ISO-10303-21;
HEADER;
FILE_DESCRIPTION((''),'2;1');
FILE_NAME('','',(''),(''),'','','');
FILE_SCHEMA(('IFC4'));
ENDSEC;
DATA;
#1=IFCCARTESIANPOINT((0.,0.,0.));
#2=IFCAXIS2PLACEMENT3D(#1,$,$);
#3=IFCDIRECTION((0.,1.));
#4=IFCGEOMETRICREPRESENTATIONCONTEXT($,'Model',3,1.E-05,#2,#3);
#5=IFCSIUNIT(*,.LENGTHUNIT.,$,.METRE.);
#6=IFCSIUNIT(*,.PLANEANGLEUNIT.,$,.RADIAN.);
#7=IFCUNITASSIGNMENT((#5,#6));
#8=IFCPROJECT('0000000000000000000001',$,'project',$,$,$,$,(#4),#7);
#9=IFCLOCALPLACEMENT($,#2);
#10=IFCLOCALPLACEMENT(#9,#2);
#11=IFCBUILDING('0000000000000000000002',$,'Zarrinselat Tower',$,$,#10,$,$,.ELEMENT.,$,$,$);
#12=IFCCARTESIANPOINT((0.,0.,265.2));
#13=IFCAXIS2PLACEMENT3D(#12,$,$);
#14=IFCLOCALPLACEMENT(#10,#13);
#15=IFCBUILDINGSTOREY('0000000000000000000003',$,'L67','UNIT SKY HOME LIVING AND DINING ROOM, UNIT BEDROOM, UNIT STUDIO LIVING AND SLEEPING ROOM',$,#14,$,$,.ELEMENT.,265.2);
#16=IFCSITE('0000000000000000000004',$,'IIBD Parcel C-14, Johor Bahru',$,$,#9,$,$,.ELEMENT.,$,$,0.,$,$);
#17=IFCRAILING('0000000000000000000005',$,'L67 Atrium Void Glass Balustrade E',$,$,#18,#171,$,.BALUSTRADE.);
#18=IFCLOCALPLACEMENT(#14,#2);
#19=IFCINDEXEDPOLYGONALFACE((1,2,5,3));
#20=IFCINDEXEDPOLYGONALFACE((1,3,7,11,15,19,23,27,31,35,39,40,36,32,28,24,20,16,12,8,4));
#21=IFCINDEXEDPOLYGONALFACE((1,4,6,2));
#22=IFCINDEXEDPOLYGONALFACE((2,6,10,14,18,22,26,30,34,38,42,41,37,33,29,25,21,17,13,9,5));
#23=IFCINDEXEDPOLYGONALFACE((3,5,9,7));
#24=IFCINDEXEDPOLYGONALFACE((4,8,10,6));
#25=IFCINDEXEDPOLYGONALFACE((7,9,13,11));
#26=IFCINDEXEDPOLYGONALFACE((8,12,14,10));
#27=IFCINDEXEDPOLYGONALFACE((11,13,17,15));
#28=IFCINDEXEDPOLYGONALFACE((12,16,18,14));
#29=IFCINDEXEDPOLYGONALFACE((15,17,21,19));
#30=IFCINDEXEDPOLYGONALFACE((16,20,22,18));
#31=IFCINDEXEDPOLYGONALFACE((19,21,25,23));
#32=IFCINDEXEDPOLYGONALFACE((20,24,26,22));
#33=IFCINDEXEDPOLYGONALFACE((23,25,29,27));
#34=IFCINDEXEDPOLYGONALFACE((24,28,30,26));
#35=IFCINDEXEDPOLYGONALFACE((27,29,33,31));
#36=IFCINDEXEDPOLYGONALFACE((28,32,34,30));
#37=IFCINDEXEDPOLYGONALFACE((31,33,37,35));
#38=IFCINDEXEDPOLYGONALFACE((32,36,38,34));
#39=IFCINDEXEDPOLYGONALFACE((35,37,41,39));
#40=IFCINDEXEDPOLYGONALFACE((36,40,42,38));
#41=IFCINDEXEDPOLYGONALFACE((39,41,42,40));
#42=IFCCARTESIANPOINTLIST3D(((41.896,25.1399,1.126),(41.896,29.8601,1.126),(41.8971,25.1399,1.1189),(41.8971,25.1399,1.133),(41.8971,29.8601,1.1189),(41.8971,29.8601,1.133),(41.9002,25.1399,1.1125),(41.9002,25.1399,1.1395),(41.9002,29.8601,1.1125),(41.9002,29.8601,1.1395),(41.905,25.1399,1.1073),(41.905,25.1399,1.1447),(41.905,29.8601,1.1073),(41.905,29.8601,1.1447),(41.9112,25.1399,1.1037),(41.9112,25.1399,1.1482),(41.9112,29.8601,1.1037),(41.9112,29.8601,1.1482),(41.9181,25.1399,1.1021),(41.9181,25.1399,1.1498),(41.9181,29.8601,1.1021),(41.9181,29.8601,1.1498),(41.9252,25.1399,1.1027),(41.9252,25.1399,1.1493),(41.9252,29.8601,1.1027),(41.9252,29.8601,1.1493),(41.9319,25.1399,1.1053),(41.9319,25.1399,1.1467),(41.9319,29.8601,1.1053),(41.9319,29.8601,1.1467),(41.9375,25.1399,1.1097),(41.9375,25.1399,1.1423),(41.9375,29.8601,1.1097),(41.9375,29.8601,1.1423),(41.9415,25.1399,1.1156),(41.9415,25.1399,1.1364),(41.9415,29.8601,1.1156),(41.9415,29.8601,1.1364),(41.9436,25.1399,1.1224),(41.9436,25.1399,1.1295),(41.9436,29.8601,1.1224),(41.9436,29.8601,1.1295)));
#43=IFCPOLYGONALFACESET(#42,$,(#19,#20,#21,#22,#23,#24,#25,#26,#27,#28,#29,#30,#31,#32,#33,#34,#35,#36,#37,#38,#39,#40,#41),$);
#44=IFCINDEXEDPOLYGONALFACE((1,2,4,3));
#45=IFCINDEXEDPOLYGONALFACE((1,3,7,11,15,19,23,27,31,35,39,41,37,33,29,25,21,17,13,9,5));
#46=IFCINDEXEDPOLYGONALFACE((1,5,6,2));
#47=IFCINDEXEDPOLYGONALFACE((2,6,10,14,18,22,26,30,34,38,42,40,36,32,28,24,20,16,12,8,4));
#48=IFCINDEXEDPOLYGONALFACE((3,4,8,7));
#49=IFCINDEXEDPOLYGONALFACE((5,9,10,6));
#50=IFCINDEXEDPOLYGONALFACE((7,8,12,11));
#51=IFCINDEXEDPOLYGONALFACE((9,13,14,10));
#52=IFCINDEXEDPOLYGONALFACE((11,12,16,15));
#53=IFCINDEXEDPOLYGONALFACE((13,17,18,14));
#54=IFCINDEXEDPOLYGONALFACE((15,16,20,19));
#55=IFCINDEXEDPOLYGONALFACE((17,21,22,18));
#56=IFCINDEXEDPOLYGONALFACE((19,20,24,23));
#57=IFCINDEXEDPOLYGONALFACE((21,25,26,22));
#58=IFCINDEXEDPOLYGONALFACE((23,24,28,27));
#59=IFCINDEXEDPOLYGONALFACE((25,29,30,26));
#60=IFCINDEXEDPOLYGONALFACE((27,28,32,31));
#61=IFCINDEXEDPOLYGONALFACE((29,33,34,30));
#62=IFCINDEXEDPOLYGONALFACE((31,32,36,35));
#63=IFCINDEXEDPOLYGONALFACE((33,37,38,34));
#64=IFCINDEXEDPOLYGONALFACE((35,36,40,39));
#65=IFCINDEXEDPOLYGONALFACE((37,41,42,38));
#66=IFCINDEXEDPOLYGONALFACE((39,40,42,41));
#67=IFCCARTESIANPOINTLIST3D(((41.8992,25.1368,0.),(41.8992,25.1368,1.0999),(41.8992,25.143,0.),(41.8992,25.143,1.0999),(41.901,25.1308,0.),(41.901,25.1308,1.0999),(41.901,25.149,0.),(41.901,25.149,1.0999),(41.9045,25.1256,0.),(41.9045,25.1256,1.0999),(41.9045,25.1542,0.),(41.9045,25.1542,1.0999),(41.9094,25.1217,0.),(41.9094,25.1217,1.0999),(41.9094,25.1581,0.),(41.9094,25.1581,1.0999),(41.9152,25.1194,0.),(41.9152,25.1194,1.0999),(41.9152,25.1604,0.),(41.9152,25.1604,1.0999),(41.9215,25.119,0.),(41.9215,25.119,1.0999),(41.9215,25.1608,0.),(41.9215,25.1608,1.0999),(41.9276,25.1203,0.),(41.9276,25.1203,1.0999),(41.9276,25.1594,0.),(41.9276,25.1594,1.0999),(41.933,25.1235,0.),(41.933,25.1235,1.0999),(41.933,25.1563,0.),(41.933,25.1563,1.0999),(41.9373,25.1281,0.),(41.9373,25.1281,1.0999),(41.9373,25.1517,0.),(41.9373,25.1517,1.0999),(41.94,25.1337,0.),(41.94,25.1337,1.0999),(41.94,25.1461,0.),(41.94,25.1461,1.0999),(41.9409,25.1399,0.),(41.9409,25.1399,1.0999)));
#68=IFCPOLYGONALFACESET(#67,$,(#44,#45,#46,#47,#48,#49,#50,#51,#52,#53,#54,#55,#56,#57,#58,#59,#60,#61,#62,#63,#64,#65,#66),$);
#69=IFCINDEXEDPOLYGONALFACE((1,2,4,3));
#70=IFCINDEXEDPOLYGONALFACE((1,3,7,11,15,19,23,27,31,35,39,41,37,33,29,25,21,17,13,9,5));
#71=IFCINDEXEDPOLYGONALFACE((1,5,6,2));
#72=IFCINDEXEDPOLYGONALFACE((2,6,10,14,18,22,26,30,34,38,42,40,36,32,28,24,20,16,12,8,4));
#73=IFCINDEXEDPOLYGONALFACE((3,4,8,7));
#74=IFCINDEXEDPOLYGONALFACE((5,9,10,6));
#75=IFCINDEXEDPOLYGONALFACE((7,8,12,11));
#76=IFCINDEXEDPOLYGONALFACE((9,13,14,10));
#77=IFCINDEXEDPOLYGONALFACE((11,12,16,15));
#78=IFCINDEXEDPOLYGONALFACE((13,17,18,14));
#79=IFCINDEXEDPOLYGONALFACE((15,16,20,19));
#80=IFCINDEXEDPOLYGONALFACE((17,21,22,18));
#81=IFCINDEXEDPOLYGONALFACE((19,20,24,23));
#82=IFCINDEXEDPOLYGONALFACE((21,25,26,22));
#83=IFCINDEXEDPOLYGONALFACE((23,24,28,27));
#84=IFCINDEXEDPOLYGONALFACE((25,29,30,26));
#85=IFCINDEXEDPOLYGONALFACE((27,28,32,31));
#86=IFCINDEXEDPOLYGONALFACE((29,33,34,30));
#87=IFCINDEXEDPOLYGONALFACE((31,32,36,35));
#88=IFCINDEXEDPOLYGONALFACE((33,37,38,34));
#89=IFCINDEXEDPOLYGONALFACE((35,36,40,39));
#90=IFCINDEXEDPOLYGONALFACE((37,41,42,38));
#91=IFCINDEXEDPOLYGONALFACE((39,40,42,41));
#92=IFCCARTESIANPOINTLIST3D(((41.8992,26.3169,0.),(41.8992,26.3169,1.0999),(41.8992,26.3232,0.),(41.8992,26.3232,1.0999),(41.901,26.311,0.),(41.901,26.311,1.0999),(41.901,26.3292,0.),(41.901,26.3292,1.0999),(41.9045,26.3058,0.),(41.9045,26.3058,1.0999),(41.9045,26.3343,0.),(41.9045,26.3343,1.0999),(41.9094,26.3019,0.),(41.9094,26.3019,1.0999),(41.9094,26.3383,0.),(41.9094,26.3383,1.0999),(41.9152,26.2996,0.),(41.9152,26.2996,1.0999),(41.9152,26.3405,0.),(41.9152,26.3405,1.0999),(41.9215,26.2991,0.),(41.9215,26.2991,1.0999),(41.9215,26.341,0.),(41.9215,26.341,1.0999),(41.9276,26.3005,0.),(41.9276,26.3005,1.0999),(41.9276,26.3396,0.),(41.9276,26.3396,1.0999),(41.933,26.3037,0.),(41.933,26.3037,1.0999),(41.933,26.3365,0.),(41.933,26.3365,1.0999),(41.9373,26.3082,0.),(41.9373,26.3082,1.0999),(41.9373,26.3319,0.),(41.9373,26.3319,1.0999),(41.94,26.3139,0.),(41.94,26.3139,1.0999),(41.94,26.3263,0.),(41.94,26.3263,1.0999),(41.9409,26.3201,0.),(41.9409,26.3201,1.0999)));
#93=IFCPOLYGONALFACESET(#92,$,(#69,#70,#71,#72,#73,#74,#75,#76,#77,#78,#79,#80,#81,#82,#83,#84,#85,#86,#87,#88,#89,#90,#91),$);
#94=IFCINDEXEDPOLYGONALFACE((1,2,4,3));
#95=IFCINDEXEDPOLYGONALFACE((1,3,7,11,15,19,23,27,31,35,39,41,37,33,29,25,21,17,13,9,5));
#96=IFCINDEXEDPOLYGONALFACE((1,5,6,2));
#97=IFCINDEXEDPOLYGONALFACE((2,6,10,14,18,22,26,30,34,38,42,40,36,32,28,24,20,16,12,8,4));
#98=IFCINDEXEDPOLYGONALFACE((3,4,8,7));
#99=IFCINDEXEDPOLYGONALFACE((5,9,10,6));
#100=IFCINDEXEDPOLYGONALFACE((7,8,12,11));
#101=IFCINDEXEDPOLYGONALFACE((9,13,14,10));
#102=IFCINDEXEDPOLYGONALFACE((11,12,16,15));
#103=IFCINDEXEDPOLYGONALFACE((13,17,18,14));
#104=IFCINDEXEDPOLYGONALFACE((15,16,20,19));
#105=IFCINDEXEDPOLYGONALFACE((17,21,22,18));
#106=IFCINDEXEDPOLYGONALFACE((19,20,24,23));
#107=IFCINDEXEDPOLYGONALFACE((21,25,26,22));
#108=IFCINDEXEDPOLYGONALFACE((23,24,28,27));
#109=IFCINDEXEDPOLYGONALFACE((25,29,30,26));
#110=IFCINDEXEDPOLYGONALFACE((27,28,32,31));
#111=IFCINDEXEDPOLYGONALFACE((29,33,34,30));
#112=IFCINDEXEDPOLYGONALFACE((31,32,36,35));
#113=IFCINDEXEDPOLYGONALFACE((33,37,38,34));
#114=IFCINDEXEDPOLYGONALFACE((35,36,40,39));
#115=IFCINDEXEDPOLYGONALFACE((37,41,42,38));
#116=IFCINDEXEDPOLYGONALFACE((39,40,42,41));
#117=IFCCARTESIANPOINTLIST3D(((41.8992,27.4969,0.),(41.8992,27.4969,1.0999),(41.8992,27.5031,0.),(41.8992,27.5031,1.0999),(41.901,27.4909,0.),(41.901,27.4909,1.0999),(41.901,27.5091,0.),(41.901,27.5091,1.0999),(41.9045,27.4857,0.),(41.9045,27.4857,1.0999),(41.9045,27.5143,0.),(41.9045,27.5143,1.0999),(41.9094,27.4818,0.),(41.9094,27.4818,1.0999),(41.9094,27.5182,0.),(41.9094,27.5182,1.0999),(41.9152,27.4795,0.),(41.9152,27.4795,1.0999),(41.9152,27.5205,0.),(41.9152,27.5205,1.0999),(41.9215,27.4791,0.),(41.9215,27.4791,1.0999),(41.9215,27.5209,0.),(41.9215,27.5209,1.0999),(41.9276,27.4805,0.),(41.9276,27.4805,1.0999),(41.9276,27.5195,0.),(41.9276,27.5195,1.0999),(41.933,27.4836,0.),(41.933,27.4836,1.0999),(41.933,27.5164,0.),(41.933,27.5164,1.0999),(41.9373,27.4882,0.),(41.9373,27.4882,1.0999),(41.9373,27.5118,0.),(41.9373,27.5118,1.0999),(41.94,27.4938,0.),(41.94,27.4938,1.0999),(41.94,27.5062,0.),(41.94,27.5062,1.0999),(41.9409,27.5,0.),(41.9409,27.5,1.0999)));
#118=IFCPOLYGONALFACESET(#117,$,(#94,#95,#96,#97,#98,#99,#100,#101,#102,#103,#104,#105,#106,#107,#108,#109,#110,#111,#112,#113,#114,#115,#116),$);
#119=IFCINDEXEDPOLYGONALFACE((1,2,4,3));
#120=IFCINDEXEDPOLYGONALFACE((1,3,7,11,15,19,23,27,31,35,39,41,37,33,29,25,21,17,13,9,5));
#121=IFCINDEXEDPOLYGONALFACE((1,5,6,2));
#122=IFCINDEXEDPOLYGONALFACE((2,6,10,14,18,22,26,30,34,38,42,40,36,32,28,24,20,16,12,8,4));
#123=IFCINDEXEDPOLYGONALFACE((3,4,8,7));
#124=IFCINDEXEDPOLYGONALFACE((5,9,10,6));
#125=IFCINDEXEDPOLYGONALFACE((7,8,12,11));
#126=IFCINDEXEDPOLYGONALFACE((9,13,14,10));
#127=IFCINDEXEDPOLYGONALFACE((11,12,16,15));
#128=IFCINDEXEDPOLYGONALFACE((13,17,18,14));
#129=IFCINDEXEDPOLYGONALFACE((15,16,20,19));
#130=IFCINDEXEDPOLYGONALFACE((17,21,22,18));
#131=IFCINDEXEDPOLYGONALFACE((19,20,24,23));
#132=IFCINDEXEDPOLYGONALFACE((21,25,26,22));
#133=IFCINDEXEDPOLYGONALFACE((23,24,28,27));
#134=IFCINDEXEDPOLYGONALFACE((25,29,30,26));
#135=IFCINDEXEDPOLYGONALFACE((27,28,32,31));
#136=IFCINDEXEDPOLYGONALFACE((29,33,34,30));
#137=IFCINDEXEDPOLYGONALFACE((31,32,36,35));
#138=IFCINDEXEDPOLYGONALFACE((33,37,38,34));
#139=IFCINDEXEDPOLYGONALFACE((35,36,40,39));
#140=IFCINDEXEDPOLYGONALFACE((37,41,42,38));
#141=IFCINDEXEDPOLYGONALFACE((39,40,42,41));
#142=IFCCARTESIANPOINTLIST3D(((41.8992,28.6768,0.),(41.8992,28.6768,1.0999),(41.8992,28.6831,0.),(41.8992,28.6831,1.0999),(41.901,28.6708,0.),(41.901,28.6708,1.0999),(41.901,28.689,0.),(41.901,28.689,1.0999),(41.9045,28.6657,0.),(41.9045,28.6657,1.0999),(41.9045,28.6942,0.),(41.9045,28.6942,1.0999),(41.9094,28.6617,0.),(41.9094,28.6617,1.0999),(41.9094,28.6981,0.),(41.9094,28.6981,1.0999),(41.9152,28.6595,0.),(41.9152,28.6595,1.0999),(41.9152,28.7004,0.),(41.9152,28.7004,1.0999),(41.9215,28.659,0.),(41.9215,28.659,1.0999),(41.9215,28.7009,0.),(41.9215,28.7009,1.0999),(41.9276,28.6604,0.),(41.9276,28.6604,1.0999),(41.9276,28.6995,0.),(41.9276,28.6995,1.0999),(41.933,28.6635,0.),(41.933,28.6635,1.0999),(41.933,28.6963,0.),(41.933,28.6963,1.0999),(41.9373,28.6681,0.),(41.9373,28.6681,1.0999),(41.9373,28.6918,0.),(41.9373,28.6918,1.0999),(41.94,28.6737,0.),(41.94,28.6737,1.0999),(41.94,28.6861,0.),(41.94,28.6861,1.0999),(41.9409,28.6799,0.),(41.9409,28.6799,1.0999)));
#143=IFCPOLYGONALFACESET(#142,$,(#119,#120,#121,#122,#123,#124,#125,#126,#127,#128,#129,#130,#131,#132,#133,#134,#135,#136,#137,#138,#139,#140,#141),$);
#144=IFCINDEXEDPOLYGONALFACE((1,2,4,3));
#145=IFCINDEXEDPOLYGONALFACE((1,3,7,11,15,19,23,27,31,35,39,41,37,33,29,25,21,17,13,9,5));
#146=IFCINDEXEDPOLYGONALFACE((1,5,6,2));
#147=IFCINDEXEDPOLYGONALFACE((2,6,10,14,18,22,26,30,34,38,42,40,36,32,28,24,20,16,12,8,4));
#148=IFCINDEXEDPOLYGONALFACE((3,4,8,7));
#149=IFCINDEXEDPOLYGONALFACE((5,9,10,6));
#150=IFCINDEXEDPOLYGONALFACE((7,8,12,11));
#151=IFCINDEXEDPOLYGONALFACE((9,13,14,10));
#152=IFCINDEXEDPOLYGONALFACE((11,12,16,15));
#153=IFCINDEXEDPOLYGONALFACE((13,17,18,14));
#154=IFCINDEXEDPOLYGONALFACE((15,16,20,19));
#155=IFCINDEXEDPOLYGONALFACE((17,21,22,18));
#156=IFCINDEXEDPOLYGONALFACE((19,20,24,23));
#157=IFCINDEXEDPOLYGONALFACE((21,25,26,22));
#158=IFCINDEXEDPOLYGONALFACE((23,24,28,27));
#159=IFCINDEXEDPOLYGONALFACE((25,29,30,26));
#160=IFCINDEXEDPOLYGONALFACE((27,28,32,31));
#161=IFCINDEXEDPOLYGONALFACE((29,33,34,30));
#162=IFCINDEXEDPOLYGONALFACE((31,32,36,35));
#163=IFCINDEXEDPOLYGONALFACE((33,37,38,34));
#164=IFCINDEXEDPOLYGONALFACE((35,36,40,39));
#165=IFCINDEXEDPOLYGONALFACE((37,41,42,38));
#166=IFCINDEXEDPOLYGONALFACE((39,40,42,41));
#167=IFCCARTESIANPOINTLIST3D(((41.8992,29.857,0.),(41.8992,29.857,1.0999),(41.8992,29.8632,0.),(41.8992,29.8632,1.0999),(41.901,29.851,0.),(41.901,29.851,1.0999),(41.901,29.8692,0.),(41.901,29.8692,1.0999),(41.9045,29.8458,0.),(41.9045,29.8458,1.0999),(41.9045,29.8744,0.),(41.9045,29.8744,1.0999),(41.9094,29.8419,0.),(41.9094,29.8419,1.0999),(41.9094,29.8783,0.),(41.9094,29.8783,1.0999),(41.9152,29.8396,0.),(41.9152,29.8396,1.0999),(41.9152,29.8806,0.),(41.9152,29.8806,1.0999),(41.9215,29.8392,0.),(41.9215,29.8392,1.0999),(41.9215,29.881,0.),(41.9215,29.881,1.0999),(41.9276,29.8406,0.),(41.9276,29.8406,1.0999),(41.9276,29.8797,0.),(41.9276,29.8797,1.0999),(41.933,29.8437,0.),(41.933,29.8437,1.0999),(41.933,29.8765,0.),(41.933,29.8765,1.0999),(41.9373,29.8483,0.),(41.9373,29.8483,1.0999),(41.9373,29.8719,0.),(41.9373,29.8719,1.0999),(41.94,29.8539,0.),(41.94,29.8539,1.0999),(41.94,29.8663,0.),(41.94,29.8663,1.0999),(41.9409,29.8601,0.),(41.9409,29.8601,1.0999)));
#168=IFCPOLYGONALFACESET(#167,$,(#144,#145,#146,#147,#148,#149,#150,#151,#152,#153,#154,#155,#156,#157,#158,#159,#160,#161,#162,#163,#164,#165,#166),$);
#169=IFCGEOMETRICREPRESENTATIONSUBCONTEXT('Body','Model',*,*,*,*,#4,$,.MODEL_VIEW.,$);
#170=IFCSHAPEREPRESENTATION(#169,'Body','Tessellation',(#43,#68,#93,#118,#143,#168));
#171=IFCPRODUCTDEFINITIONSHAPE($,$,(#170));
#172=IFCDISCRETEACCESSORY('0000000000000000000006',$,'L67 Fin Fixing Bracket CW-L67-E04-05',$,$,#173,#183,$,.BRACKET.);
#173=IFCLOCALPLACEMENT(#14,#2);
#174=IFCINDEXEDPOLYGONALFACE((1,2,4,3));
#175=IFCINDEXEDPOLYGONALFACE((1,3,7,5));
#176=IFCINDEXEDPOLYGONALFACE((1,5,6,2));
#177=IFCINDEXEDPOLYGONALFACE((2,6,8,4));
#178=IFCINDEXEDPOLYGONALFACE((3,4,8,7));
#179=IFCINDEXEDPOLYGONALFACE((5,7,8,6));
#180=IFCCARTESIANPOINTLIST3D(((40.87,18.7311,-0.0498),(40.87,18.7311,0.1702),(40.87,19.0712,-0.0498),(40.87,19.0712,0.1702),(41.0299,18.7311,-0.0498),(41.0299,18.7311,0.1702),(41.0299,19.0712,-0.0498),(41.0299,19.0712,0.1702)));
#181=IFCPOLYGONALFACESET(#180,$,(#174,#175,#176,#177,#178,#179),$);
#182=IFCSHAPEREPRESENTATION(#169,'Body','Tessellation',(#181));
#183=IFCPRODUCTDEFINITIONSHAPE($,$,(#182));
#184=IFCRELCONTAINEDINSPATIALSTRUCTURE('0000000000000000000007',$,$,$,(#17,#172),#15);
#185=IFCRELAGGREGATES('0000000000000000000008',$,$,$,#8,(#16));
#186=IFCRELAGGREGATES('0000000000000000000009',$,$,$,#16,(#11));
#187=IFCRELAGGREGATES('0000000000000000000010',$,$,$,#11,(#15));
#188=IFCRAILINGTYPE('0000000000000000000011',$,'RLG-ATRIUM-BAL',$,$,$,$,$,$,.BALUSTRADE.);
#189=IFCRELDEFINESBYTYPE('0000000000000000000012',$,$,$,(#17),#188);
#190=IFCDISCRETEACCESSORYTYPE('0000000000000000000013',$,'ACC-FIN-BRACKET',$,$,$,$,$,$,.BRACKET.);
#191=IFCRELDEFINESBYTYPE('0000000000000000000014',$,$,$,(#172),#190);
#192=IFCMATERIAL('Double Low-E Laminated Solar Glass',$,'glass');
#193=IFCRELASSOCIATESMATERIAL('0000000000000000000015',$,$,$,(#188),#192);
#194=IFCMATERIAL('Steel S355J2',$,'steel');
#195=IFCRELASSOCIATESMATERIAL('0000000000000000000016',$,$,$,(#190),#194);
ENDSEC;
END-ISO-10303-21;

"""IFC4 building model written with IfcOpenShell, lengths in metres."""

from ifc_helpers import new_model, si_unit, direction, frame, origin, origin_2d, place, context, subcontext, project, spatial, rectangle, circle, extrude, material, type_object, element, save


model = new_model("IFC4")

# Units and contexts
model_context = context("Model", 3, precision=1e-05, world=origin(), true_north=direction((0.0, 1.0)))
body_context = subcontext(model_context, "Body", "Model", "MODEL_VIEW")
ifc_project = project(units=[si_unit("LENGTHUNIT", "METRE"), si_unit("PLANEANGLEUNIT", "RADIAN")], contexts=[model_context])

# Site, building, storey
site_placement = place(None, origin())
site = spatial("IfcSite", under=ifc_project, at=site_placement, Name="IIBD Parcel C-14, Johor Bahru", CompositionType="ELEMENT", RefElevation=0.0)
building_placement = place(site_placement, origin())
building = spatial("IfcBuilding", under=site, at=building_placement, Name="Zarrinselat Tower", CompositionType="ELEMENT")
storey_placement = place(building_placement, frame((0.0, 0.0, 265.2)))
storey = spatial("IfcBuildingStorey", under=building, at=storey_placement, Name="L67", Description="UNIT SKY HOME LIVING AND DINING ROOM, UNIT BEDROOM, UNIT STUDIO LIVING AND SLEEPING ROOM", CompositionType="ELEMENT", Elevation=265.2)

# Railing
ifc_material_1 = material(Name="Double Low-E Laminated Solar Glass", Category="glass")
railing_type = type_object("IfcRailingType", Name="RLG-ATRIUM-BAL", PredefinedType="BALUSTRADE", material=ifc_material_1)
railing_placement = place(storey_placement, frame((41.9199, 25.1399, 0.0)))
element("IfcRailing", 1, at=railing_placement, inside=storey, type_object=railing_type, Name="L67 Atrium Void Glass Balustrade E", PredefinedType="BALUSTRADE", context=body_context, shape_type="SweptSolid", body=[
    extrude(circle(Radius=0.0239, at=origin_2d()), frame((0.0, 0.0, 1.126), z_axis=(0.0, 1.0, 0.0), x_axis=(-1.0, 0.0, 0.0)), (0.0, 0.0, 1.0), 4.7202),
    extrude(circle(Radius=0.021, at=origin_2d()), origin(), (0.0, 0.0, 1.0), 1.0999),
    extrude(circle(Radius=0.021, at=origin_2d()), frame((0.0, 1.1802, 0.0)), (0.0, 0.0, 1.0), 1.0999),
    extrude(circle(Radius=0.021, at=origin_2d()), frame((0.0, 2.3601, 0.0)), (0.0, 0.0, 1.0), 1.0999),
    extrude(circle(Radius=0.021, at=origin_2d()), frame((0.0, 3.54, 0.0)), (0.0, 0.0, 1.0), 1.0999),
    extrude(circle(Radius=0.021, at=origin_2d()), frame((0.0, 4.7202, 0.0)), (0.0, 0.0, 1.0), 1.0999),
])

# Discrete accessory
ifc_material_2 = material(Name="Steel S355J2", Category="steel")
discrete_accessory_type = type_object("IfcDiscreteAccessoryType", Name="ACC-FIN-BRACKET", PredefinedType="BRACKET", material=ifc_material_2)
discrete_accessory_placement = place(storey_placement, frame((40.95, 18.9011, -0.0498), z_axis=(0.0, 0.0, 1.0), x_axis=(0.0, -1.0, 0.0)))
element("IfcDiscreteAccessory", 2, at=discrete_accessory_placement, inside=storey, type_object=discrete_accessory_type, Name="L67 Fin Fixing Bracket CW-L67-E04-05", PredefinedType="BRACKET", context=body_context, shape_type="SweptSolid", body=[
    extrude(rectangle(XDim=0.3401, YDim=0.1599, at=origin_2d()), origin(), (0.0, 0.0, 1.0), 0.22),
])

save(model, "model.ifc")
